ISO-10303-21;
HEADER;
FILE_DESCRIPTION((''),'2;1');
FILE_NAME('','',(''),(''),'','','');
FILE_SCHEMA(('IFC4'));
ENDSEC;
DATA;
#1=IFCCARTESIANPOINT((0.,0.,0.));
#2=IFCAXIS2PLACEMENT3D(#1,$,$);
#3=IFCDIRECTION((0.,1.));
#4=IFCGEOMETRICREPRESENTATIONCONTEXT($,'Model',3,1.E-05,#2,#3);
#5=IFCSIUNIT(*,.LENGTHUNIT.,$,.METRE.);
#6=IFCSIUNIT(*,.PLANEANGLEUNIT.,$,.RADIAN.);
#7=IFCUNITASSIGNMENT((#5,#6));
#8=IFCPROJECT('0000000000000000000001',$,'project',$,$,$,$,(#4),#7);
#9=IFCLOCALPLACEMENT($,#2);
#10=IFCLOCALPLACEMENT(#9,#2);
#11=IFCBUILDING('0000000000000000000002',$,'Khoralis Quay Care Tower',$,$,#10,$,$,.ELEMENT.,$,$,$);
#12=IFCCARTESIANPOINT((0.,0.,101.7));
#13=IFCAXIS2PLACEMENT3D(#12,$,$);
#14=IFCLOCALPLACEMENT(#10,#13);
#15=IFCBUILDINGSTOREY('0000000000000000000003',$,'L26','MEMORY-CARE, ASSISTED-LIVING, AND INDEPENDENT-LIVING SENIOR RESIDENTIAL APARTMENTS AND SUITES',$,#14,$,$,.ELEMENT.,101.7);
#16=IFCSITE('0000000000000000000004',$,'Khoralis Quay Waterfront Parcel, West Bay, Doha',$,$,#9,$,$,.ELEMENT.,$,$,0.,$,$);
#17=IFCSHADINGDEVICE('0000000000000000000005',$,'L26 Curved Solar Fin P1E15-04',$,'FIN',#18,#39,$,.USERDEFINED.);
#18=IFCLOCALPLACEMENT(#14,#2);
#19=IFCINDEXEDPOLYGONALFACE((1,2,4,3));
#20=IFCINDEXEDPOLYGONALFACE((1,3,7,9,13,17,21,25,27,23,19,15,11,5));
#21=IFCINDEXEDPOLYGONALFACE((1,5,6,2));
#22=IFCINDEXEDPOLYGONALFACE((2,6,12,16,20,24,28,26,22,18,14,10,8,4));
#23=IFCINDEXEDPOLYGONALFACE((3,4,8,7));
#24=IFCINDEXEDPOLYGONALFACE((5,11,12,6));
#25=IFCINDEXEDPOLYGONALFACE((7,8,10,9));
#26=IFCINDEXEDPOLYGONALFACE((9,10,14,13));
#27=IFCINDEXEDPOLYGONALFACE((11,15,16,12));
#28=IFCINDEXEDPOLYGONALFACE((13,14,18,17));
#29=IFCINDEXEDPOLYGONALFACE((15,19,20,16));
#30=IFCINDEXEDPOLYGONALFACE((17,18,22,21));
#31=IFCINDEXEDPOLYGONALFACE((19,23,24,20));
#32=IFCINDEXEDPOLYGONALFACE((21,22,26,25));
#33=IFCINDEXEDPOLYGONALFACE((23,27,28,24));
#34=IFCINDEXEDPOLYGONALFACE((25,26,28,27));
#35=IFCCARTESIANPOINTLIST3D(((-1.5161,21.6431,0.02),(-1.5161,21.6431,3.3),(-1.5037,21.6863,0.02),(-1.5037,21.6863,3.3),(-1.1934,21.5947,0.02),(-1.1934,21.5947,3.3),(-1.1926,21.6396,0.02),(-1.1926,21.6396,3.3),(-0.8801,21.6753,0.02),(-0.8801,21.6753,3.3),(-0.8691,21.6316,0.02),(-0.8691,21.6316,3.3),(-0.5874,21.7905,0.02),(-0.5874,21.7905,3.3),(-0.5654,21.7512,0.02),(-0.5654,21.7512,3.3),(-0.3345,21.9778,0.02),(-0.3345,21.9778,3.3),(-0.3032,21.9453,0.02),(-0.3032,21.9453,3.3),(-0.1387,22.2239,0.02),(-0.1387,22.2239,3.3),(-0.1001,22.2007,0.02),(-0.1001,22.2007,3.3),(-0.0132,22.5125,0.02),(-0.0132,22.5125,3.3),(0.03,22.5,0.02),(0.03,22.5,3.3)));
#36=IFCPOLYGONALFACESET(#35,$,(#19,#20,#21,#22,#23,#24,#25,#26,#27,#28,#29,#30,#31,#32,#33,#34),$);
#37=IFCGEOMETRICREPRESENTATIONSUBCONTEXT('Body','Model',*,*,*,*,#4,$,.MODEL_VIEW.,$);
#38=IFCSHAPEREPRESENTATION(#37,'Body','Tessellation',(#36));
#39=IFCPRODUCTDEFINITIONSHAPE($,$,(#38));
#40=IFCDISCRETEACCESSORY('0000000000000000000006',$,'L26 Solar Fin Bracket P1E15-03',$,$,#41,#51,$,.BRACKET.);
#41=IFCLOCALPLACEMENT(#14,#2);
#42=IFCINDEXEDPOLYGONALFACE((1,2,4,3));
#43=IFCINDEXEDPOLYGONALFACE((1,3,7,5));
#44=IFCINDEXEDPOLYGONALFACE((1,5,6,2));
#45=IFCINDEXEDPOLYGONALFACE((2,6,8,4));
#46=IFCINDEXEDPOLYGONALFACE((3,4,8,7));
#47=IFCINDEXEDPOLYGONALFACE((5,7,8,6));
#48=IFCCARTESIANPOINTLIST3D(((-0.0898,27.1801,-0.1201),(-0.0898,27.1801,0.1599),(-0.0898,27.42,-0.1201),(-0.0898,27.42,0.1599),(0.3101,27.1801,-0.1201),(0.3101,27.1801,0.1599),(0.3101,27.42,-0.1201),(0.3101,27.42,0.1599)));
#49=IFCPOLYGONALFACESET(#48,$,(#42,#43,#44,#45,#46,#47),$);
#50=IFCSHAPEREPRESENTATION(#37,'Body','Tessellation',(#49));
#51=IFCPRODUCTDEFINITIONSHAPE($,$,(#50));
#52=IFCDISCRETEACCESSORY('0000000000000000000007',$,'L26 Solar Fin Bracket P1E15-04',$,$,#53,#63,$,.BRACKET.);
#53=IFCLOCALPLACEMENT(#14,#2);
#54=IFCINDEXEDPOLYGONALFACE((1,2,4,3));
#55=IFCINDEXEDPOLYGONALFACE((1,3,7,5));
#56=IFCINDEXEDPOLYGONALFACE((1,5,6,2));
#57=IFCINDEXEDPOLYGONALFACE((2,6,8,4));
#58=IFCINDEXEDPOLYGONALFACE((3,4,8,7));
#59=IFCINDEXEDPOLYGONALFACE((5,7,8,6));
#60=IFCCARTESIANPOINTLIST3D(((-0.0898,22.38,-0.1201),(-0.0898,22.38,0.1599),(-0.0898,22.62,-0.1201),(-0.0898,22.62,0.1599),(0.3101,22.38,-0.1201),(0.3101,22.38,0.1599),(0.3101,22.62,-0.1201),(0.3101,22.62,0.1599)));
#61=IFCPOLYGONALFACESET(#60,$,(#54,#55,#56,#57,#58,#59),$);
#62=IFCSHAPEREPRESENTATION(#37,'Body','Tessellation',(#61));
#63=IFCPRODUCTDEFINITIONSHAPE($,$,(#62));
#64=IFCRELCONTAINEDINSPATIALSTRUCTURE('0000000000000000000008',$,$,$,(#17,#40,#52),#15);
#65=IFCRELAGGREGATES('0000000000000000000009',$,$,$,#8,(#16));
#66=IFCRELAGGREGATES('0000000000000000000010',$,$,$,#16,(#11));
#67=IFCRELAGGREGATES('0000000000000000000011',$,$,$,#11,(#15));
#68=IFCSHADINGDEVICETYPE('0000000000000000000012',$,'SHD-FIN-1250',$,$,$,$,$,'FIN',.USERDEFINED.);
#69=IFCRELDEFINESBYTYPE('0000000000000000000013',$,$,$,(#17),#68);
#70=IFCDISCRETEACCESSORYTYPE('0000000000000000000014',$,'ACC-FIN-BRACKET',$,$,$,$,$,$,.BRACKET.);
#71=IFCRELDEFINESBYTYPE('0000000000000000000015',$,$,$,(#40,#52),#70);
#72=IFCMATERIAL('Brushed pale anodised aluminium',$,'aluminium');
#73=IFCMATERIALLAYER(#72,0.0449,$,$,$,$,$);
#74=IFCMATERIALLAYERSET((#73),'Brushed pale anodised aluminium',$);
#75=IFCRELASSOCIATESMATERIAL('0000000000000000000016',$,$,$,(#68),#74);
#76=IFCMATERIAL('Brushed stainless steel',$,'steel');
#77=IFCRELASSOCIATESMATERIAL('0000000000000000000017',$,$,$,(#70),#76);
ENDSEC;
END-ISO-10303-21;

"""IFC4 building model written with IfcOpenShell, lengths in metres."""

from ifc_helpers import new_model, si_unit, direction, frame, origin, origin_2d, place, context, subcontext, project, spatial, polyline, rectangle, outline, extrude, source, transform, mapped, material, layer, layer_set, type_object, element, save


model = new_model("IFC4")

# Units and contexts
model_context = context("Model", 3, precision=1e-05, world=origin(), true_north=direction((0.0, 1.0)))
body_context = subcontext(model_context, "Body", "Model", "MODEL_VIEW")
ifc_project = project(units=[si_unit("LENGTHUNIT", "METRE"), si_unit("PLANEANGLEUNIT", "RADIAN")], contexts=[model_context])

# Site, building, storey
site_placement = place(None, origin())
site = spatial("IfcSite", under=ifc_project, at=site_placement, Name="Khoralis Quay Waterfront Parcel, West Bay, Doha", CompositionType="ELEMENT", RefElevation=0.0)
building_placement = place(site_placement, origin())
building = spatial("IfcBuilding", under=site, at=building_placement, Name="Khoralis Quay Care Tower", CompositionType="ELEMENT")
storey_placement = place(building_placement, frame((0.0, 0.0, 101.7)))
storey = spatial("IfcBuildingStorey", under=building, at=storey_placement, Name="L26", Description="MEMORY-CARE, ASSISTED-LIVING, AND INDEPENDENT-LIVING SENIOR RESIDENTIAL APARTMENTS AND SUITES", CompositionType="ELEMENT", Elevation=101.7)

# Shading device
ifc_material_1 = material(Name="Brushed pale anodised aluminium", Category="aluminium")
ifc_layer_1 = layer(ifc_material_1, 0.0449)
ifc_layer_set_1 = layer_set([ifc_layer_1], Name="Brushed pale anodised aluminium")
shading_device_type = type_object("IfcShadingDeviceType", Name="SHD-FIN-1250", ElementType="FIN", PredefinedType="USERDEFINED", material=ifc_layer_set_1)
shared_shape_1 = source(origin(), body_context, "Body", "SweptSolid", [
    extrude(outline(polyline([(0.0, 0.0), (0.1301, 0.2993), (0.3333, 0.5547), (0.5955, 0.7488), (0.8992, 0.8684), (1.2234, 0.9053), (1.5461, 0.8569), (1.5337, 0.8137), (1.2227, 0.8604), (0.9102, 0.8247), (0.6174, 0.7095), (0.3645, 0.5222), (0.1687, 0.2761), (0.0432, -0.0125), (0.0, 0.0)])), origin(), (0.0, 0.0, 1.0), 3.28),
])
shading_device_1_placement = place(storey_placement, frame((0.03, 22.5, 0.02), z_axis=(0.0, 0.0, 1.0), x_axis=(-1.0, 0.0, 0.0)))
element("IfcShadingDevice", 1, at=shading_device_1_placement, inside=storey, type_object=shading_device_type, Name="L26 Curved Solar Fin P1E15-04", ObjectType="FIN", PredefinedType="USERDEFINED", context=body_context, shape_type="MappedRepresentation", body=[
    mapped(shared_shape_1, transform((0.0, 0.0, 0.0), scale=1.0)),
])

# Discrete accessories
ifc_material_2 = material(Name="Brushed stainless steel", Category="steel")
discrete_accessory_type = type_object("IfcDiscreteAccessoryType", Name="ACC-FIN-BRACKET", PredefinedType="BRACKET", material=ifc_material_2)
shared_shape_2 = source(origin(), body_context, "Body", "SweptSolid", [
    extrude(rectangle(XDim=0.3999, YDim=0.24, at=origin_2d()), origin(), (0.0, 0.0, 1.0), 0.28),
])
for number, where, z_axis, x_axis, name in (
    (2, (0.1101, 27.3, -0.1201), (0.0, 0.0, 1.0), (-1.0, 0.0, 0.0), "L26 Solar Fin Bracket P1E15-03"),
    (3, (0.1101, 22.5, -0.1201), (0.0, 0.0, 1.0), (-1.0, 0.0, 0.0), "L26 Solar Fin Bracket P1E15-04"),
):
    element("IfcDiscreteAccessory", number, at=place(storey_placement, frame(where, z_axis=z_axis, x_axis=x_axis)), inside=storey, type_object=discrete_accessory_type, Name=name, PredefinedType="BRACKET", context=body_context, shape_type="MappedRepresentation", body=[
        mapped(shared_shape_2, transform((0.0, 0.0, 0.0), scale=1.0)),
    ])

save(model, "model.ifc")
